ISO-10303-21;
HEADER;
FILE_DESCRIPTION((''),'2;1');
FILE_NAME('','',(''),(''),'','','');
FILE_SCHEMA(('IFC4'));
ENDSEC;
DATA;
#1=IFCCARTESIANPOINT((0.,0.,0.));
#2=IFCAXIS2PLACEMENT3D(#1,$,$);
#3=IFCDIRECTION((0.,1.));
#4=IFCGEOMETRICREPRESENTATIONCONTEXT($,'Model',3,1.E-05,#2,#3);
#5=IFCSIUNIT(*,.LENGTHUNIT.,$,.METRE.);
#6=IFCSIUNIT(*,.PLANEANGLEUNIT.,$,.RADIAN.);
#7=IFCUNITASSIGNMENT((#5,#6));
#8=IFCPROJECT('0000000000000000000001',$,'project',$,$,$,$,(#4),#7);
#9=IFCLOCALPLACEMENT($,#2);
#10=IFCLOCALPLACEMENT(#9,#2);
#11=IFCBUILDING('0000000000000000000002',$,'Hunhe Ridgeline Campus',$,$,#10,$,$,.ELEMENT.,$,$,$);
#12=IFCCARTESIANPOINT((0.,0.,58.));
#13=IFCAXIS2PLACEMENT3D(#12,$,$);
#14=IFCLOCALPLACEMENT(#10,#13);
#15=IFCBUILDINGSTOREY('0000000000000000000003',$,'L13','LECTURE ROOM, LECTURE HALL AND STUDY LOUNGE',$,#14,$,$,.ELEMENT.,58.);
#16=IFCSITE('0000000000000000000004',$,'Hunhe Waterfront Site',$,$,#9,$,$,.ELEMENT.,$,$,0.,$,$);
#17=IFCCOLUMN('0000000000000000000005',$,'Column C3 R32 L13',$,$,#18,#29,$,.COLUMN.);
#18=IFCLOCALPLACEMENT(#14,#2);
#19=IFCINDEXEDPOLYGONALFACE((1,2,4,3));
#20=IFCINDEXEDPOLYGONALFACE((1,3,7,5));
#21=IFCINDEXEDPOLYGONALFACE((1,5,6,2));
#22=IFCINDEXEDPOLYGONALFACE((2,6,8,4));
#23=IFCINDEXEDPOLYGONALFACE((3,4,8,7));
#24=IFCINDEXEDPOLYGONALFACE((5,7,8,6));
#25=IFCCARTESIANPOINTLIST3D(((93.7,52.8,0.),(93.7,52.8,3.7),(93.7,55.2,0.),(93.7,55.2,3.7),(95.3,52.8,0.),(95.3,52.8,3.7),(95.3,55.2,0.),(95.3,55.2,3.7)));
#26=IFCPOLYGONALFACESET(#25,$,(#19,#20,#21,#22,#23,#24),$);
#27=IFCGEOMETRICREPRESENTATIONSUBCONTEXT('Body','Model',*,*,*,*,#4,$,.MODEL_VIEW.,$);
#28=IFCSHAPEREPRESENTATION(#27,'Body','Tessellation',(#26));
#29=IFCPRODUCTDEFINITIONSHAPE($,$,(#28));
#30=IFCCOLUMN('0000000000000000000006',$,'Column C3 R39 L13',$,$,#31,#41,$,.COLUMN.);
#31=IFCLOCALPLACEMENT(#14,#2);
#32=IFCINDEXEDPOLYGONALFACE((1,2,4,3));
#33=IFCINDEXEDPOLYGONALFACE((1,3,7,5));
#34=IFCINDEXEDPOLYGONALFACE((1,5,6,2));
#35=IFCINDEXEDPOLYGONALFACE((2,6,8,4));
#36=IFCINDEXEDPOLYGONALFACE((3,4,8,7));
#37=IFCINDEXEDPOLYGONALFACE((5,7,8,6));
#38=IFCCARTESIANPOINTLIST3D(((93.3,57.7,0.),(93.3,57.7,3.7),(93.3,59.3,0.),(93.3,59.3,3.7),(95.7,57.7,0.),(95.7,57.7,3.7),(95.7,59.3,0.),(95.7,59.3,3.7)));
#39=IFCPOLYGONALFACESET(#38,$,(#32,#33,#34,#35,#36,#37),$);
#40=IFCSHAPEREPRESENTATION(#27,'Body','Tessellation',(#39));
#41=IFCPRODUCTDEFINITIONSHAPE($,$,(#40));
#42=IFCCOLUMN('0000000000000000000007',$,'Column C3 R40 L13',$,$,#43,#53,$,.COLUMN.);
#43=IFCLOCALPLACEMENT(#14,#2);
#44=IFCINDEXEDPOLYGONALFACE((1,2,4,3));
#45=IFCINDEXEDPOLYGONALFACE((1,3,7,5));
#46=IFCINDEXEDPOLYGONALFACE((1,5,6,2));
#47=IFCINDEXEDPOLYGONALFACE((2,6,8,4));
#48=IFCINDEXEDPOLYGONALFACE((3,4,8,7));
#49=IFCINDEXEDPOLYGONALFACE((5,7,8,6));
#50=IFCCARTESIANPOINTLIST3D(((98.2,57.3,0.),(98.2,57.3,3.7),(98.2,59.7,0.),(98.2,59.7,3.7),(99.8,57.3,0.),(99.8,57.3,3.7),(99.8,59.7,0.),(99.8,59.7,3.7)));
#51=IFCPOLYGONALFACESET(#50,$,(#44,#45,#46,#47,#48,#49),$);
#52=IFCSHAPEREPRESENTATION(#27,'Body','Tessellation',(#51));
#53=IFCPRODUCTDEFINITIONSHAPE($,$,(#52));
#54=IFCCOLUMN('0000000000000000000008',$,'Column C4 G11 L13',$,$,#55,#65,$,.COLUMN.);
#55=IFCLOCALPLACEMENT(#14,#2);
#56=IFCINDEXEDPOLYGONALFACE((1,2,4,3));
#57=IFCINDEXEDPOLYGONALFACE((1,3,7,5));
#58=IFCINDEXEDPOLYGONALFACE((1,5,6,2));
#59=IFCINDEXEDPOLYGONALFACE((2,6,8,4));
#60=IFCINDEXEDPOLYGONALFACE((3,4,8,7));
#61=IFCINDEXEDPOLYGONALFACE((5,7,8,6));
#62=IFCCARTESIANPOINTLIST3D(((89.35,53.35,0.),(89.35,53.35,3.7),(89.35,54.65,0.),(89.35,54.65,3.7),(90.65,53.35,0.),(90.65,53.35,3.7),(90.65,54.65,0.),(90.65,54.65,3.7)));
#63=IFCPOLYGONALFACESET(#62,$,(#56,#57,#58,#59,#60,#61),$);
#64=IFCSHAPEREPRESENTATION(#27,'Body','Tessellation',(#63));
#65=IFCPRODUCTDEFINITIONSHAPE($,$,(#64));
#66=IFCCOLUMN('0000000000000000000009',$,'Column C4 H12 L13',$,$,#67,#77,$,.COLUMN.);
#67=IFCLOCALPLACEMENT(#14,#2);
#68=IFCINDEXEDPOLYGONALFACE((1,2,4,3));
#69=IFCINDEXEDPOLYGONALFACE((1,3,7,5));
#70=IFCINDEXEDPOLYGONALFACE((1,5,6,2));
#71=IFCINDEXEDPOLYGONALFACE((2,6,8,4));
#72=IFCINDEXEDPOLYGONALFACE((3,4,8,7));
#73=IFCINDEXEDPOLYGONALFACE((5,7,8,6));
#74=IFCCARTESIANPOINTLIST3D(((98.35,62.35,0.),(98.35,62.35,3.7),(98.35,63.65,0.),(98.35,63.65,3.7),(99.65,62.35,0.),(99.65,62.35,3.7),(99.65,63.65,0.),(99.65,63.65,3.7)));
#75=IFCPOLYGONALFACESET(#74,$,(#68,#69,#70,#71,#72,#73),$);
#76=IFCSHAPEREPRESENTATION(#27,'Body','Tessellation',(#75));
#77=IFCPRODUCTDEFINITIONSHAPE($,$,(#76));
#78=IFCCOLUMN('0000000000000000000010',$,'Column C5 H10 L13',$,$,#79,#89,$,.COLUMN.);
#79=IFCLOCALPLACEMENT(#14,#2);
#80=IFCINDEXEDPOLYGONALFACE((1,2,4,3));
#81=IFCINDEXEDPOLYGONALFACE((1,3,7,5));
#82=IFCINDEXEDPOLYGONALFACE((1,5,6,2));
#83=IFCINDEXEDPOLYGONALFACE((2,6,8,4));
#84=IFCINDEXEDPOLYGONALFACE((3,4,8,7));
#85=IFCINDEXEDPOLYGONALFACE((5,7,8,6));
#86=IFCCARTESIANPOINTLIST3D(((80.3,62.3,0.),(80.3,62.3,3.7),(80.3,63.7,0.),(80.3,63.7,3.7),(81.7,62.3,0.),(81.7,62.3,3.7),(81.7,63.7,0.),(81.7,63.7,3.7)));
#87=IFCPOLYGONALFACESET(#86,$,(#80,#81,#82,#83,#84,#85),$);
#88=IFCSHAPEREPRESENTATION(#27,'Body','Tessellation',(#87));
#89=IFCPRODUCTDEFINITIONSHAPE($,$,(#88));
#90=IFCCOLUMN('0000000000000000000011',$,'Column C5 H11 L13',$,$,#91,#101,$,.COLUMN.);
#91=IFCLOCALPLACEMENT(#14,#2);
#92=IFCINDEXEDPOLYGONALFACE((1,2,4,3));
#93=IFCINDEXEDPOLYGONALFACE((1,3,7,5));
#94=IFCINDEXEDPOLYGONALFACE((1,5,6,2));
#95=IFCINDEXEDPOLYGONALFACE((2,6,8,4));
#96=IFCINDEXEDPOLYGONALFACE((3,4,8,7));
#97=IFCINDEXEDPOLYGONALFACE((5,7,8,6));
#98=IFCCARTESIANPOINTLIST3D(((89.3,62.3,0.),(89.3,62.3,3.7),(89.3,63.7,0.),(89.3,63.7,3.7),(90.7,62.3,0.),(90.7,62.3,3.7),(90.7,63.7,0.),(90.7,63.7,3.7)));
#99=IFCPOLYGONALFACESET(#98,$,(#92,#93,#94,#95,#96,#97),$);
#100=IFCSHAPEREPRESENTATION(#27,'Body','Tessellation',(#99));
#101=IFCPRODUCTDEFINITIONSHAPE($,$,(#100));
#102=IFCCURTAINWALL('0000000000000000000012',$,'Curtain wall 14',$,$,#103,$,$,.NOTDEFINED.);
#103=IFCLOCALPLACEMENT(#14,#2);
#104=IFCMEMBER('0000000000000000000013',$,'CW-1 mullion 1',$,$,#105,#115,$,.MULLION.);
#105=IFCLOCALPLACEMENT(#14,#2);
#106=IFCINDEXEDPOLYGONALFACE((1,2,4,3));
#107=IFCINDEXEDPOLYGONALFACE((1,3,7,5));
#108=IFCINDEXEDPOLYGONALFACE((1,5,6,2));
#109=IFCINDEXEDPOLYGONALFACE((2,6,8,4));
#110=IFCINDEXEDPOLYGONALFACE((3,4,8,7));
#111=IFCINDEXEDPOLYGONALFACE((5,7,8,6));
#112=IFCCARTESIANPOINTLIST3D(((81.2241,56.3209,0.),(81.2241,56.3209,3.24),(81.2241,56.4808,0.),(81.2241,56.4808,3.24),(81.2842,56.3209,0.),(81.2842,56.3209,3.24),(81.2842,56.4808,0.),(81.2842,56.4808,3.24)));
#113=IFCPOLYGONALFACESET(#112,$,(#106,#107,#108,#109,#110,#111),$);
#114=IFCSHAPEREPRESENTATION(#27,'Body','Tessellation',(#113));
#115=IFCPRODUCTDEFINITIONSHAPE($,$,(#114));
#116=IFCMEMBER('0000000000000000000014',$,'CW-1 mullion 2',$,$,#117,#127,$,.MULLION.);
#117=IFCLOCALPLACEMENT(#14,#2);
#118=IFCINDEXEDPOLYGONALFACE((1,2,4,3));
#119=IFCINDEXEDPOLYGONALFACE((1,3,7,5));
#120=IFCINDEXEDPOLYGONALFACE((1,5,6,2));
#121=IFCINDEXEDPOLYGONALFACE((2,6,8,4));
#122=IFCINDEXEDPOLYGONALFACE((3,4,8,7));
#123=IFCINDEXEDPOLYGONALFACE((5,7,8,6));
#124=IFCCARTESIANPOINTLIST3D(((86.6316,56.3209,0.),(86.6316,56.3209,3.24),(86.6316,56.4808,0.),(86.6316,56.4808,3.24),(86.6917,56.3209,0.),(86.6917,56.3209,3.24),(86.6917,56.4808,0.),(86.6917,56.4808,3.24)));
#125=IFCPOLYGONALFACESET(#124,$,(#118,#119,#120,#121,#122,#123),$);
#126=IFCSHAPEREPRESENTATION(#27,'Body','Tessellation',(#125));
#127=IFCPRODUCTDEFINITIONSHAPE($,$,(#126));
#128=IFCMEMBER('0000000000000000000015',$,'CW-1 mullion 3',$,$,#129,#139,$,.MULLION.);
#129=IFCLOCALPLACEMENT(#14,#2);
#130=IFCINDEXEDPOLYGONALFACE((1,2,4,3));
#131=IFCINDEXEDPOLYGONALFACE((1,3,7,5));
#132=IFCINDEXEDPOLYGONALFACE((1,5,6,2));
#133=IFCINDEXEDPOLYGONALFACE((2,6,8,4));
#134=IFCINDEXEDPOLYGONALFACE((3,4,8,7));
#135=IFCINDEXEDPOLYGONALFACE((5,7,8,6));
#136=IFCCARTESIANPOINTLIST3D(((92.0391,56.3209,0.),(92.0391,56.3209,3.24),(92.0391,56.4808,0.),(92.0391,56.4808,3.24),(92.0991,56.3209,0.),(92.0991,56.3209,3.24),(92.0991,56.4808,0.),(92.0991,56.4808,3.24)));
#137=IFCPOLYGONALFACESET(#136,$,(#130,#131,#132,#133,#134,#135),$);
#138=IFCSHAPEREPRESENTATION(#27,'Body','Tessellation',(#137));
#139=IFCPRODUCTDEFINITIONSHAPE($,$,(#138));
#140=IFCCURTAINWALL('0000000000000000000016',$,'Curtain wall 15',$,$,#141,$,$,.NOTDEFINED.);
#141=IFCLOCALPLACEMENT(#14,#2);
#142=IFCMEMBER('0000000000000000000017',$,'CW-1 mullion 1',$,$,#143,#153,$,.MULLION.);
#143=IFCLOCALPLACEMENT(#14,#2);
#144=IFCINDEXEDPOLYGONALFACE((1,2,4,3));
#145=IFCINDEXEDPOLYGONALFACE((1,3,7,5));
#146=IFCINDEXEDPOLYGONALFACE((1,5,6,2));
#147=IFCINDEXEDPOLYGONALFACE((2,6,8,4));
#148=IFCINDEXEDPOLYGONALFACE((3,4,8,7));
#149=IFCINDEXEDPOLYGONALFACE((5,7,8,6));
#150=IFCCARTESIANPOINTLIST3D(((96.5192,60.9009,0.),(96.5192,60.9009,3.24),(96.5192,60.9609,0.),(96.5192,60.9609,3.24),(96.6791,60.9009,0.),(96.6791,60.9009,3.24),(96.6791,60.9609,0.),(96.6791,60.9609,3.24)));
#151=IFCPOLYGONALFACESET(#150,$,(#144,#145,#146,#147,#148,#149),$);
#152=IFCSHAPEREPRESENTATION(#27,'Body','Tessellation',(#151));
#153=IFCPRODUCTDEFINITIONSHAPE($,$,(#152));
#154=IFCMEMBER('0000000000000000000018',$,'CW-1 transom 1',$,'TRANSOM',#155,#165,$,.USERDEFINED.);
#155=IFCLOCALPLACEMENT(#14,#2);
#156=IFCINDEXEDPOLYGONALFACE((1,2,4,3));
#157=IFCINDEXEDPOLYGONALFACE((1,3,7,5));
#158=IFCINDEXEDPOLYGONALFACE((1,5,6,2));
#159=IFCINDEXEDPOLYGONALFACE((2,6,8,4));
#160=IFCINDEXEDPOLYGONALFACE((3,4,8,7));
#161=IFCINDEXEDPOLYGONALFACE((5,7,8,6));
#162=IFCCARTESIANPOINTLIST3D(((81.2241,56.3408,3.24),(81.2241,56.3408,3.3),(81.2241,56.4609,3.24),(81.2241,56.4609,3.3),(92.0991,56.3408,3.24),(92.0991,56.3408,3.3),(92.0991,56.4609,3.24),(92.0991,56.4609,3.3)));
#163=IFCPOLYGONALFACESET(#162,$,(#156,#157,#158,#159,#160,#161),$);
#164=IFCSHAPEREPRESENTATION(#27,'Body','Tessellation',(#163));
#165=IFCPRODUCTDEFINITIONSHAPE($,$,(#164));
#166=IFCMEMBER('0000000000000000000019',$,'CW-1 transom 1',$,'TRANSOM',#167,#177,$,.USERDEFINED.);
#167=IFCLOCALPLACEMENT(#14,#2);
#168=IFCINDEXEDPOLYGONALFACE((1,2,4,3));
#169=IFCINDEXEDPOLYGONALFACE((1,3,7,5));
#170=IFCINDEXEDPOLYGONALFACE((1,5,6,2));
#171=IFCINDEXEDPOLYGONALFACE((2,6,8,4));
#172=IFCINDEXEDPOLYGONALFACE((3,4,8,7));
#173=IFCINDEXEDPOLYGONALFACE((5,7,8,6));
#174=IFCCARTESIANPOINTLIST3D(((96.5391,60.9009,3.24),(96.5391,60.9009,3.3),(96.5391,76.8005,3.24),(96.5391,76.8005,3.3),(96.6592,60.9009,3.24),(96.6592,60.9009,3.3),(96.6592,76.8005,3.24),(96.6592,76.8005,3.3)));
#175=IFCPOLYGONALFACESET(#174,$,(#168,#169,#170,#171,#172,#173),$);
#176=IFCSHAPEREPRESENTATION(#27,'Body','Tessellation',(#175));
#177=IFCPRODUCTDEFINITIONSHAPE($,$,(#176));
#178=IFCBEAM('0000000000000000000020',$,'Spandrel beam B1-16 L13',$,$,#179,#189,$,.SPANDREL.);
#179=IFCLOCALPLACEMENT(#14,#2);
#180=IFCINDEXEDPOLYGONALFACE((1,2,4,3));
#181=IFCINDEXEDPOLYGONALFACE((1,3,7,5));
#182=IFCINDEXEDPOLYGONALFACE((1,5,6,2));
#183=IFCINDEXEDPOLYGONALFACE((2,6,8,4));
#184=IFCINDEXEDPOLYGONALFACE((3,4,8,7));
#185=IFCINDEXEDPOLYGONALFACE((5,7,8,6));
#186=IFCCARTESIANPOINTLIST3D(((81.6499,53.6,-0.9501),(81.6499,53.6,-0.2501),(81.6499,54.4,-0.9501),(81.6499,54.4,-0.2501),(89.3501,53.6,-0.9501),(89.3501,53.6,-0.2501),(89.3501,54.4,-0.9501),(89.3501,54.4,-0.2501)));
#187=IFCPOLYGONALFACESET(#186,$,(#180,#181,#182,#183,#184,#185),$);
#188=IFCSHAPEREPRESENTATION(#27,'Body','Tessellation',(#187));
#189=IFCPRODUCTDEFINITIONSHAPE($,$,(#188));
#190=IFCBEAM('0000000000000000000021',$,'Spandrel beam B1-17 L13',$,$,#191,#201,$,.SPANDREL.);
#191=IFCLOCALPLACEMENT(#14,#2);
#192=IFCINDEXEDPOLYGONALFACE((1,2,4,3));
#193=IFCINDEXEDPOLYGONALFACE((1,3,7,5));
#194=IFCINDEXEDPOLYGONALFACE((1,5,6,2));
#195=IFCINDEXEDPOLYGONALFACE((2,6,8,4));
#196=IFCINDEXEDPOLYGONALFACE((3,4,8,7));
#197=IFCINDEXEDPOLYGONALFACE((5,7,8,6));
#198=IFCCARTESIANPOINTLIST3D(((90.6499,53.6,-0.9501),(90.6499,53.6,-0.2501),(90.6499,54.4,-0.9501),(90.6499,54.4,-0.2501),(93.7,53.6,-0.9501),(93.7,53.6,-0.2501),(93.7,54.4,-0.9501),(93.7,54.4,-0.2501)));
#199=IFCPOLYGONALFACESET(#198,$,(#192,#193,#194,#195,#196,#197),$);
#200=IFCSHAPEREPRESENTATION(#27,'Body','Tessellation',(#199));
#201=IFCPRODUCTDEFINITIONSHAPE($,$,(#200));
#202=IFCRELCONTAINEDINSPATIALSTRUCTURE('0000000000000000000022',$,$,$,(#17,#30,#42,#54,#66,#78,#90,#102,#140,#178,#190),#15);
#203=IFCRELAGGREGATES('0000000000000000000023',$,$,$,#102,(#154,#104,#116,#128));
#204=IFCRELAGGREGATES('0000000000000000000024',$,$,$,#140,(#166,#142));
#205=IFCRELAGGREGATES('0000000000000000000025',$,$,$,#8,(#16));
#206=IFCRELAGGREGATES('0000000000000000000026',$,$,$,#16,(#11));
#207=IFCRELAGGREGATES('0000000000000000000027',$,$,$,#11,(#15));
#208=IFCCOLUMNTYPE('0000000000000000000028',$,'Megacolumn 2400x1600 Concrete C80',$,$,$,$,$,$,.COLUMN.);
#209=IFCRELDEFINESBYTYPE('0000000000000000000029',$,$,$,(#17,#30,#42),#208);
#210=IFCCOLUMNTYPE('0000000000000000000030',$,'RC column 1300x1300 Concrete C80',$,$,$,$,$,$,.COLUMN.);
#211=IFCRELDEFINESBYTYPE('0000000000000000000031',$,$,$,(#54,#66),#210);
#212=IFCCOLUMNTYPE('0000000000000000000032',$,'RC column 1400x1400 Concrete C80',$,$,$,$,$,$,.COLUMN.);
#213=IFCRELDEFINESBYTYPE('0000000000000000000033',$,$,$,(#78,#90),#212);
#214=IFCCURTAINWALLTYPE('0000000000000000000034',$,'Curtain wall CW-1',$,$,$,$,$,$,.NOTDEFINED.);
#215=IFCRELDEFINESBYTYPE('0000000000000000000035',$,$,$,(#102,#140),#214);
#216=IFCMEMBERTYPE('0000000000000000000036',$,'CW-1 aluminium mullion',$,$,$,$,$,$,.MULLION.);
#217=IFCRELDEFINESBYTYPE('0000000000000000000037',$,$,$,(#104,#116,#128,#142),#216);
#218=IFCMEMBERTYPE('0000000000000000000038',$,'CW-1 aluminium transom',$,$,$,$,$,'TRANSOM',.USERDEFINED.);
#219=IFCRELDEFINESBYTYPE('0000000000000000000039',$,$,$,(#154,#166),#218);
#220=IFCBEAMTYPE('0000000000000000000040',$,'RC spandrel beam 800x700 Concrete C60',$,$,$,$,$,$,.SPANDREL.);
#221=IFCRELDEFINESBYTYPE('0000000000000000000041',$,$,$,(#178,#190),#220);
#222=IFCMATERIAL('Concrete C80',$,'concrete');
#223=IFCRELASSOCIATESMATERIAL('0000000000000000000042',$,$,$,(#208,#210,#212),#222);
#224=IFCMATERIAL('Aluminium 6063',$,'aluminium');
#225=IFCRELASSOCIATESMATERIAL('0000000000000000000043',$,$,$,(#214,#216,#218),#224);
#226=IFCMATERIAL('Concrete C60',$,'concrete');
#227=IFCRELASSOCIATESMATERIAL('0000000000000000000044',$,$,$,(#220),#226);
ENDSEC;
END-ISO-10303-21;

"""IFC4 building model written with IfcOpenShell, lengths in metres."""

from ifc_helpers import new_model, si_unit, direction, frame, origin, origin_2d, place, context, subcontext, project, spatial, rectangle, extrude, material, material_profile, profile_set, type_object, element, aggregate, save


model = new_model("IFC4")

# Units and contexts
model_context = context("Model", 3, precision=1e-05, world=origin(), true_north=direction((0.0, 1.0)))
body_context = subcontext(model_context, "Body", "Model", "MODEL_VIEW")
ifc_project = project(units=[si_unit("LENGTHUNIT", "METRE"), si_unit("PLANEANGLEUNIT", "RADIAN")], contexts=[model_context])

# Site, building, storey
site_placement = place(None, origin())
site = spatial("IfcSite", under=ifc_project, at=site_placement, Name="Hunhe Waterfront Site", CompositionType="ELEMENT", RefElevation=0.0)
building_placement = place(site_placement, origin())
building = spatial("IfcBuilding", under=site, at=building_placement, Name="Hunhe Ridgeline Campus", CompositionType="ELEMENT")
storey_placement = place(building_placement, frame((0.0, 0.0, 58.0)))
storey = spatial("IfcBuildingStorey", under=building, at=storey_placement, Name="L13", Description="LECTURE ROOM, LECTURE HALL AND STUDY LOUNGE", CompositionType="ELEMENT", Elevation=58.0)

# Columns
ifc_material_1 = material(Name="Concrete C80", Category="concrete")
ifc_material_profile_1 = material_profile(ifc_material_1, rectangle(XDim=2.3999, YDim=1.6001, at=origin_2d()))
ifc_profile_set_1 = profile_set([ifc_material_profile_1], Name="Concrete C80")
column_type_1 = type_object("IfcColumnType", Name="Megacolumn 2400x1600 Concrete C80", PredefinedType="COLUMN", material=ifc_profile_set_1)
for number, where, z_axis, x_axis, name in (
    (1, (94.5, 54.0, 0.0), (0.0, 0.0, 1.0), (0.0, 1.0, 0.0), "Column C3 R32 L13"),
    (2, (94.5, 58.5, 0.0), (0.0, 0.0, 1.0), (1.0, 0.0, 0.0), "Column C3 R39 L13"),
    (3, (99.0, 58.5, 0.0), (0.0, 0.0, 1.0), (0.0, 1.0, 0.0), "Column C3 R40 L13"),
):
    element("IfcColumn", number, at=place(storey_placement, frame(where, z_axis=z_axis, x_axis=x_axis)), inside=storey, type_object=column_type_1, Name=name, PredefinedType="COLUMN", context=body_context, shape_type="SweptSolid", body=[
        extrude(rectangle(XDim=2.3999, YDim=1.6001, at=origin_2d()), origin(), (0.0, 0.0, 1.0), 3.7),
    ])
ifc_material_profile_2 = material_profile(ifc_material_1, rectangle(XDim=1.3, YDim=1.3, at=origin_2d()))
ifc_profile_set_2 = profile_set([ifc_material_profile_2], Name="Concrete C80")
column_type_2 = type_object("IfcColumnType", Name="RC column 1300x1300 Concrete C80", PredefinedType="COLUMN", material=ifc_profile_set_2)
for number, where, z_axis, x_axis, name in (
    (4, (90.0, 54.0, 0.0), (0.0, 0.0, 1.0), (1.0, 0.0, 0.0), "Column C4 G11 L13"),
    (5, (99.0, 63.0, 0.0), (0.0, 0.0, 1.0), (1.0, 0.0, 0.0), "Column C4 H12 L13"),
):
    element("IfcColumn", number, at=place(storey_placement, frame(where, z_axis=z_axis, x_axis=x_axis)), inside=storey, type_object=column_type_2, Name=name, PredefinedType="COLUMN", context=body_context, shape_type="SweptSolid", body=[
        extrude(rectangle(XDim=1.3, YDim=1.3, at=origin_2d()), origin(), (0.0, 0.0, 1.0), 3.7),
    ])
ifc_material_profile_3 = material_profile(ifc_material_1, rectangle(XDim=1.3999, YDim=1.3999, at=origin_2d()))
ifc_profile_set_3 = profile_set([ifc_material_profile_3], Name="Concrete C80")
column_type_3 = type_object("IfcColumnType", Name="RC column 1400x1400 Concrete C80", PredefinedType="COLUMN", material=ifc_profile_set_3)
for number, where, z_axis, x_axis, name in (
    (6, (81.0, 63.0, 0.0), (0.0, 0.0, 1.0), (1.0, 0.0, 0.0), "Column C5 H10 L13"),
    (7, (90.0, 63.0, 0.0), (0.0, 0.0, 1.0), (1.0, 0.0, 0.0), "Column C5 H11 L13"),
):
    element("IfcColumn", number, at=place(storey_placement, frame(where, z_axis=z_axis, x_axis=x_axis)), inside=storey, type_object=column_type_3, Name=name, PredefinedType="COLUMN", context=body_context, shape_type="SweptSolid", body=[
        extrude(rectangle(XDim=1.3999, YDim=1.3999, at=origin_2d()), origin(), (0.0, 0.0, 1.0), 3.7),
    ])

# Curtain wall, members
ifc_material_2 = material(Name="Aluminium 6063", Category="aluminium")
curtain_wall_type = type_object("IfcCurtainWallType", Name="Curtain wall CW-1", PredefinedType="NOTDEFINED", material=ifc_material_2)
curtain_wall_1_placement = place(storey_placement, origin())
curtain_wall_1 = element("IfcCurtainWall", 8, at=curtain_wall_1_placement, inside=storey, type_object=curtain_wall_type, Name="Curtain wall 14", PredefinedType="NOTDEFINED")
ifc_material_profile_4 = material_profile(ifc_material_2, rectangle(XDim=0.1599, YDim=0.0601, at=origin_2d()))
ifc_profile_set_4 = profile_set([ifc_material_profile_4], Name="Aluminium 6063")
member_type_1 = type_object("IfcMemberType", Name="CW-1 aluminium mullion", PredefinedType="MULLION", material=ifc_profile_set_4)
member_1_placement = place(storey_placement, frame((81.2542, 56.4009, 0.0), z_axis=(0.0, 0.0, 1.0), x_axis=(-0.000004, 1.0, 0.0)))
member_1 = element("IfcMember", 9, at=member_1_placement, type_object=member_type_1, Name="CW-1 mullion 1", PredefinedType="MULLION", context=body_context, shape_type="SweptSolid", body=[
    extrude(rectangle(XDim=0.1599, YDim=0.0601, at=origin_2d()), origin(), (0.0, 0.0, 1.0), 3.24),
])
member_2_placement = place(storey_placement, frame((86.6616, 56.4009, 0.0), z_axis=(0.0, 0.0, 1.0), x_axis=(-0.000004, 1.0, 0.0)))
member_2 = element("IfcMember", 10, at=member_2_placement, type_object=member_type_1, Name="CW-1 mullion 2", PredefinedType="MULLION", context=body_context, shape_type="SweptSolid", body=[
    extrude(rectangle(XDim=0.1599, YDim=0.0601, at=origin_2d()), origin(), (0.0, 0.0, 1.0), 3.24),
])
member_3_placement = place(storey_placement, frame((92.0691, 56.4009, 0.0), z_axis=(0.0, 0.0, 1.0), x_axis=(-0.000004, 1.0, 0.0)))
member_3 = element("IfcMember", 11, at=member_3_placement, type_object=member_type_1, Name="CW-1 mullion 3", PredefinedType="MULLION", context=body_context, shape_type="SweptSolid", body=[
    extrude(rectangle(XDim=0.1599, YDim=0.0601, at=origin_2d()), origin(), (0.0, 0.0, 1.0), 3.24),
])

# Curtain wall, member
curtain_wall_2_placement = place(storey_placement, origin())
curtain_wall_2 = element("IfcCurtainWall", 12, at=curtain_wall_2_placement, inside=storey, type_object=curtain_wall_type, Name="Curtain wall 15", PredefinedType="NOTDEFINED")
member_4_placement = place(storey_placement, frame((96.5991, 60.9309, 0.0), z_axis=(0.0, 0.0, 1.0), x_axis=(-1.0, 0.0, 0.0)))
member_4 = element("IfcMember", 13, at=member_4_placement, type_object=member_type_1, Name="CW-1 mullion 1", PredefinedType="MULLION", context=body_context, shape_type="SweptSolid", body=[
    extrude(rectangle(XDim=0.1599, YDim=0.0601, at=origin_2d()), origin(), (0.0, 0.0, 1.0), 3.24),
])

# Members
ifc_material_profile_5 = material_profile(ifc_material_2, rectangle(XDim=0.1201, YDim=0.0601, at=origin_2d()))
ifc_profile_set_5 = profile_set([ifc_material_profile_5], Name="Aluminium 6063")
member_type_2 = type_object("IfcMemberType", Name="CW-1 aluminium transom", ElementType="TRANSOM", PredefinedType="USERDEFINED", material=ifc_profile_set_5)
member_5_placement = place(storey_placement, frame((81.2241, 56.4009, 3.27), z_axis=(1.0, 0.0, 0.0), x_axis=(0.0, 1.0, 0.0)))
member_5 = element("IfcMember", 14, at=member_5_placement, type_object=member_type_2, Name="CW-1 transom 1", ObjectType="TRANSOM", PredefinedType="USERDEFINED", context=body_context, shape_type="SweptSolid", body=[
    extrude(rectangle(XDim=0.1201, YDim=0.0601, at=origin_2d()), origin(), (0.0, 0.0, 1.0), 10.875),
])
member_6_placement = place(storey_placement, frame((96.5991, 60.9009, 3.27), z_axis=(0.0, 1.0, 0.0), x_axis=(-1.0, 0.0, 0.0)))
member_6 = element("IfcMember", 15, at=member_6_placement, type_object=member_type_2, Name="CW-1 transom 1", ObjectType="TRANSOM", PredefinedType="USERDEFINED", context=body_context, shape_type="SweptSolid", body=[
    extrude(rectangle(XDim=0.1201, YDim=0.0601, at=origin_2d()), origin(), (0.0, 0.0, 1.0), 15.8997),
])

# Beams
ifc_material_3 = material(Name="Concrete C60", Category="concrete")
ifc_material_profile_6 = material_profile(ifc_material_3, rectangle(XDim=0.8, YDim=0.7, at=origin_2d()))
ifc_profile_set_6 = profile_set([ifc_material_profile_6], Name="Concrete C60")
beam_type = type_object("IfcBeamType", Name="RC spandrel beam 800x700 Concrete C60", PredefinedType="SPANDREL", material=ifc_profile_set_6)
beam_1_placement = place(storey_placement, frame((81.6499, 54.0, -0.6001), z_axis=(1.0, 0.0, 0.0), x_axis=(0.0, 1.0, 0.0)))
element("IfcBeam", 16, at=beam_1_placement, inside=storey, type_object=beam_type, Name="Spandrel beam B1-16 L13", PredefinedType="SPANDREL", context=body_context, shape_type="SweptSolid", body=[
    extrude(rectangle(XDim=0.8, YDim=0.7, at=origin_2d()), origin(), (0.0, 0.0, 1.0), 7.7002),
])
beam_2_placement = place(storey_placement, frame((90.6499, 54.0, -0.6001), z_axis=(1.0, 0.0, 0.0), x_axis=(0.0, 1.0, 0.0)))
element("IfcBeam", 17, at=beam_2_placement, inside=storey, type_object=beam_type, Name="Spandrel beam B1-17 L13", PredefinedType="SPANDREL", context=body_context, shape_type="SweptSolid", body=[
    extrude(rectangle(XDim=0.8, YDim=0.7, at=origin_2d()), origin(), (0.0, 0.0, 1.0), 3.05),
])

aggregate(curtain_wall_1, [member_5, member_1, member_2, member_3])
aggregate(curtain_wall_2, [member_6, member_4])

save(model, "model.ifc")
